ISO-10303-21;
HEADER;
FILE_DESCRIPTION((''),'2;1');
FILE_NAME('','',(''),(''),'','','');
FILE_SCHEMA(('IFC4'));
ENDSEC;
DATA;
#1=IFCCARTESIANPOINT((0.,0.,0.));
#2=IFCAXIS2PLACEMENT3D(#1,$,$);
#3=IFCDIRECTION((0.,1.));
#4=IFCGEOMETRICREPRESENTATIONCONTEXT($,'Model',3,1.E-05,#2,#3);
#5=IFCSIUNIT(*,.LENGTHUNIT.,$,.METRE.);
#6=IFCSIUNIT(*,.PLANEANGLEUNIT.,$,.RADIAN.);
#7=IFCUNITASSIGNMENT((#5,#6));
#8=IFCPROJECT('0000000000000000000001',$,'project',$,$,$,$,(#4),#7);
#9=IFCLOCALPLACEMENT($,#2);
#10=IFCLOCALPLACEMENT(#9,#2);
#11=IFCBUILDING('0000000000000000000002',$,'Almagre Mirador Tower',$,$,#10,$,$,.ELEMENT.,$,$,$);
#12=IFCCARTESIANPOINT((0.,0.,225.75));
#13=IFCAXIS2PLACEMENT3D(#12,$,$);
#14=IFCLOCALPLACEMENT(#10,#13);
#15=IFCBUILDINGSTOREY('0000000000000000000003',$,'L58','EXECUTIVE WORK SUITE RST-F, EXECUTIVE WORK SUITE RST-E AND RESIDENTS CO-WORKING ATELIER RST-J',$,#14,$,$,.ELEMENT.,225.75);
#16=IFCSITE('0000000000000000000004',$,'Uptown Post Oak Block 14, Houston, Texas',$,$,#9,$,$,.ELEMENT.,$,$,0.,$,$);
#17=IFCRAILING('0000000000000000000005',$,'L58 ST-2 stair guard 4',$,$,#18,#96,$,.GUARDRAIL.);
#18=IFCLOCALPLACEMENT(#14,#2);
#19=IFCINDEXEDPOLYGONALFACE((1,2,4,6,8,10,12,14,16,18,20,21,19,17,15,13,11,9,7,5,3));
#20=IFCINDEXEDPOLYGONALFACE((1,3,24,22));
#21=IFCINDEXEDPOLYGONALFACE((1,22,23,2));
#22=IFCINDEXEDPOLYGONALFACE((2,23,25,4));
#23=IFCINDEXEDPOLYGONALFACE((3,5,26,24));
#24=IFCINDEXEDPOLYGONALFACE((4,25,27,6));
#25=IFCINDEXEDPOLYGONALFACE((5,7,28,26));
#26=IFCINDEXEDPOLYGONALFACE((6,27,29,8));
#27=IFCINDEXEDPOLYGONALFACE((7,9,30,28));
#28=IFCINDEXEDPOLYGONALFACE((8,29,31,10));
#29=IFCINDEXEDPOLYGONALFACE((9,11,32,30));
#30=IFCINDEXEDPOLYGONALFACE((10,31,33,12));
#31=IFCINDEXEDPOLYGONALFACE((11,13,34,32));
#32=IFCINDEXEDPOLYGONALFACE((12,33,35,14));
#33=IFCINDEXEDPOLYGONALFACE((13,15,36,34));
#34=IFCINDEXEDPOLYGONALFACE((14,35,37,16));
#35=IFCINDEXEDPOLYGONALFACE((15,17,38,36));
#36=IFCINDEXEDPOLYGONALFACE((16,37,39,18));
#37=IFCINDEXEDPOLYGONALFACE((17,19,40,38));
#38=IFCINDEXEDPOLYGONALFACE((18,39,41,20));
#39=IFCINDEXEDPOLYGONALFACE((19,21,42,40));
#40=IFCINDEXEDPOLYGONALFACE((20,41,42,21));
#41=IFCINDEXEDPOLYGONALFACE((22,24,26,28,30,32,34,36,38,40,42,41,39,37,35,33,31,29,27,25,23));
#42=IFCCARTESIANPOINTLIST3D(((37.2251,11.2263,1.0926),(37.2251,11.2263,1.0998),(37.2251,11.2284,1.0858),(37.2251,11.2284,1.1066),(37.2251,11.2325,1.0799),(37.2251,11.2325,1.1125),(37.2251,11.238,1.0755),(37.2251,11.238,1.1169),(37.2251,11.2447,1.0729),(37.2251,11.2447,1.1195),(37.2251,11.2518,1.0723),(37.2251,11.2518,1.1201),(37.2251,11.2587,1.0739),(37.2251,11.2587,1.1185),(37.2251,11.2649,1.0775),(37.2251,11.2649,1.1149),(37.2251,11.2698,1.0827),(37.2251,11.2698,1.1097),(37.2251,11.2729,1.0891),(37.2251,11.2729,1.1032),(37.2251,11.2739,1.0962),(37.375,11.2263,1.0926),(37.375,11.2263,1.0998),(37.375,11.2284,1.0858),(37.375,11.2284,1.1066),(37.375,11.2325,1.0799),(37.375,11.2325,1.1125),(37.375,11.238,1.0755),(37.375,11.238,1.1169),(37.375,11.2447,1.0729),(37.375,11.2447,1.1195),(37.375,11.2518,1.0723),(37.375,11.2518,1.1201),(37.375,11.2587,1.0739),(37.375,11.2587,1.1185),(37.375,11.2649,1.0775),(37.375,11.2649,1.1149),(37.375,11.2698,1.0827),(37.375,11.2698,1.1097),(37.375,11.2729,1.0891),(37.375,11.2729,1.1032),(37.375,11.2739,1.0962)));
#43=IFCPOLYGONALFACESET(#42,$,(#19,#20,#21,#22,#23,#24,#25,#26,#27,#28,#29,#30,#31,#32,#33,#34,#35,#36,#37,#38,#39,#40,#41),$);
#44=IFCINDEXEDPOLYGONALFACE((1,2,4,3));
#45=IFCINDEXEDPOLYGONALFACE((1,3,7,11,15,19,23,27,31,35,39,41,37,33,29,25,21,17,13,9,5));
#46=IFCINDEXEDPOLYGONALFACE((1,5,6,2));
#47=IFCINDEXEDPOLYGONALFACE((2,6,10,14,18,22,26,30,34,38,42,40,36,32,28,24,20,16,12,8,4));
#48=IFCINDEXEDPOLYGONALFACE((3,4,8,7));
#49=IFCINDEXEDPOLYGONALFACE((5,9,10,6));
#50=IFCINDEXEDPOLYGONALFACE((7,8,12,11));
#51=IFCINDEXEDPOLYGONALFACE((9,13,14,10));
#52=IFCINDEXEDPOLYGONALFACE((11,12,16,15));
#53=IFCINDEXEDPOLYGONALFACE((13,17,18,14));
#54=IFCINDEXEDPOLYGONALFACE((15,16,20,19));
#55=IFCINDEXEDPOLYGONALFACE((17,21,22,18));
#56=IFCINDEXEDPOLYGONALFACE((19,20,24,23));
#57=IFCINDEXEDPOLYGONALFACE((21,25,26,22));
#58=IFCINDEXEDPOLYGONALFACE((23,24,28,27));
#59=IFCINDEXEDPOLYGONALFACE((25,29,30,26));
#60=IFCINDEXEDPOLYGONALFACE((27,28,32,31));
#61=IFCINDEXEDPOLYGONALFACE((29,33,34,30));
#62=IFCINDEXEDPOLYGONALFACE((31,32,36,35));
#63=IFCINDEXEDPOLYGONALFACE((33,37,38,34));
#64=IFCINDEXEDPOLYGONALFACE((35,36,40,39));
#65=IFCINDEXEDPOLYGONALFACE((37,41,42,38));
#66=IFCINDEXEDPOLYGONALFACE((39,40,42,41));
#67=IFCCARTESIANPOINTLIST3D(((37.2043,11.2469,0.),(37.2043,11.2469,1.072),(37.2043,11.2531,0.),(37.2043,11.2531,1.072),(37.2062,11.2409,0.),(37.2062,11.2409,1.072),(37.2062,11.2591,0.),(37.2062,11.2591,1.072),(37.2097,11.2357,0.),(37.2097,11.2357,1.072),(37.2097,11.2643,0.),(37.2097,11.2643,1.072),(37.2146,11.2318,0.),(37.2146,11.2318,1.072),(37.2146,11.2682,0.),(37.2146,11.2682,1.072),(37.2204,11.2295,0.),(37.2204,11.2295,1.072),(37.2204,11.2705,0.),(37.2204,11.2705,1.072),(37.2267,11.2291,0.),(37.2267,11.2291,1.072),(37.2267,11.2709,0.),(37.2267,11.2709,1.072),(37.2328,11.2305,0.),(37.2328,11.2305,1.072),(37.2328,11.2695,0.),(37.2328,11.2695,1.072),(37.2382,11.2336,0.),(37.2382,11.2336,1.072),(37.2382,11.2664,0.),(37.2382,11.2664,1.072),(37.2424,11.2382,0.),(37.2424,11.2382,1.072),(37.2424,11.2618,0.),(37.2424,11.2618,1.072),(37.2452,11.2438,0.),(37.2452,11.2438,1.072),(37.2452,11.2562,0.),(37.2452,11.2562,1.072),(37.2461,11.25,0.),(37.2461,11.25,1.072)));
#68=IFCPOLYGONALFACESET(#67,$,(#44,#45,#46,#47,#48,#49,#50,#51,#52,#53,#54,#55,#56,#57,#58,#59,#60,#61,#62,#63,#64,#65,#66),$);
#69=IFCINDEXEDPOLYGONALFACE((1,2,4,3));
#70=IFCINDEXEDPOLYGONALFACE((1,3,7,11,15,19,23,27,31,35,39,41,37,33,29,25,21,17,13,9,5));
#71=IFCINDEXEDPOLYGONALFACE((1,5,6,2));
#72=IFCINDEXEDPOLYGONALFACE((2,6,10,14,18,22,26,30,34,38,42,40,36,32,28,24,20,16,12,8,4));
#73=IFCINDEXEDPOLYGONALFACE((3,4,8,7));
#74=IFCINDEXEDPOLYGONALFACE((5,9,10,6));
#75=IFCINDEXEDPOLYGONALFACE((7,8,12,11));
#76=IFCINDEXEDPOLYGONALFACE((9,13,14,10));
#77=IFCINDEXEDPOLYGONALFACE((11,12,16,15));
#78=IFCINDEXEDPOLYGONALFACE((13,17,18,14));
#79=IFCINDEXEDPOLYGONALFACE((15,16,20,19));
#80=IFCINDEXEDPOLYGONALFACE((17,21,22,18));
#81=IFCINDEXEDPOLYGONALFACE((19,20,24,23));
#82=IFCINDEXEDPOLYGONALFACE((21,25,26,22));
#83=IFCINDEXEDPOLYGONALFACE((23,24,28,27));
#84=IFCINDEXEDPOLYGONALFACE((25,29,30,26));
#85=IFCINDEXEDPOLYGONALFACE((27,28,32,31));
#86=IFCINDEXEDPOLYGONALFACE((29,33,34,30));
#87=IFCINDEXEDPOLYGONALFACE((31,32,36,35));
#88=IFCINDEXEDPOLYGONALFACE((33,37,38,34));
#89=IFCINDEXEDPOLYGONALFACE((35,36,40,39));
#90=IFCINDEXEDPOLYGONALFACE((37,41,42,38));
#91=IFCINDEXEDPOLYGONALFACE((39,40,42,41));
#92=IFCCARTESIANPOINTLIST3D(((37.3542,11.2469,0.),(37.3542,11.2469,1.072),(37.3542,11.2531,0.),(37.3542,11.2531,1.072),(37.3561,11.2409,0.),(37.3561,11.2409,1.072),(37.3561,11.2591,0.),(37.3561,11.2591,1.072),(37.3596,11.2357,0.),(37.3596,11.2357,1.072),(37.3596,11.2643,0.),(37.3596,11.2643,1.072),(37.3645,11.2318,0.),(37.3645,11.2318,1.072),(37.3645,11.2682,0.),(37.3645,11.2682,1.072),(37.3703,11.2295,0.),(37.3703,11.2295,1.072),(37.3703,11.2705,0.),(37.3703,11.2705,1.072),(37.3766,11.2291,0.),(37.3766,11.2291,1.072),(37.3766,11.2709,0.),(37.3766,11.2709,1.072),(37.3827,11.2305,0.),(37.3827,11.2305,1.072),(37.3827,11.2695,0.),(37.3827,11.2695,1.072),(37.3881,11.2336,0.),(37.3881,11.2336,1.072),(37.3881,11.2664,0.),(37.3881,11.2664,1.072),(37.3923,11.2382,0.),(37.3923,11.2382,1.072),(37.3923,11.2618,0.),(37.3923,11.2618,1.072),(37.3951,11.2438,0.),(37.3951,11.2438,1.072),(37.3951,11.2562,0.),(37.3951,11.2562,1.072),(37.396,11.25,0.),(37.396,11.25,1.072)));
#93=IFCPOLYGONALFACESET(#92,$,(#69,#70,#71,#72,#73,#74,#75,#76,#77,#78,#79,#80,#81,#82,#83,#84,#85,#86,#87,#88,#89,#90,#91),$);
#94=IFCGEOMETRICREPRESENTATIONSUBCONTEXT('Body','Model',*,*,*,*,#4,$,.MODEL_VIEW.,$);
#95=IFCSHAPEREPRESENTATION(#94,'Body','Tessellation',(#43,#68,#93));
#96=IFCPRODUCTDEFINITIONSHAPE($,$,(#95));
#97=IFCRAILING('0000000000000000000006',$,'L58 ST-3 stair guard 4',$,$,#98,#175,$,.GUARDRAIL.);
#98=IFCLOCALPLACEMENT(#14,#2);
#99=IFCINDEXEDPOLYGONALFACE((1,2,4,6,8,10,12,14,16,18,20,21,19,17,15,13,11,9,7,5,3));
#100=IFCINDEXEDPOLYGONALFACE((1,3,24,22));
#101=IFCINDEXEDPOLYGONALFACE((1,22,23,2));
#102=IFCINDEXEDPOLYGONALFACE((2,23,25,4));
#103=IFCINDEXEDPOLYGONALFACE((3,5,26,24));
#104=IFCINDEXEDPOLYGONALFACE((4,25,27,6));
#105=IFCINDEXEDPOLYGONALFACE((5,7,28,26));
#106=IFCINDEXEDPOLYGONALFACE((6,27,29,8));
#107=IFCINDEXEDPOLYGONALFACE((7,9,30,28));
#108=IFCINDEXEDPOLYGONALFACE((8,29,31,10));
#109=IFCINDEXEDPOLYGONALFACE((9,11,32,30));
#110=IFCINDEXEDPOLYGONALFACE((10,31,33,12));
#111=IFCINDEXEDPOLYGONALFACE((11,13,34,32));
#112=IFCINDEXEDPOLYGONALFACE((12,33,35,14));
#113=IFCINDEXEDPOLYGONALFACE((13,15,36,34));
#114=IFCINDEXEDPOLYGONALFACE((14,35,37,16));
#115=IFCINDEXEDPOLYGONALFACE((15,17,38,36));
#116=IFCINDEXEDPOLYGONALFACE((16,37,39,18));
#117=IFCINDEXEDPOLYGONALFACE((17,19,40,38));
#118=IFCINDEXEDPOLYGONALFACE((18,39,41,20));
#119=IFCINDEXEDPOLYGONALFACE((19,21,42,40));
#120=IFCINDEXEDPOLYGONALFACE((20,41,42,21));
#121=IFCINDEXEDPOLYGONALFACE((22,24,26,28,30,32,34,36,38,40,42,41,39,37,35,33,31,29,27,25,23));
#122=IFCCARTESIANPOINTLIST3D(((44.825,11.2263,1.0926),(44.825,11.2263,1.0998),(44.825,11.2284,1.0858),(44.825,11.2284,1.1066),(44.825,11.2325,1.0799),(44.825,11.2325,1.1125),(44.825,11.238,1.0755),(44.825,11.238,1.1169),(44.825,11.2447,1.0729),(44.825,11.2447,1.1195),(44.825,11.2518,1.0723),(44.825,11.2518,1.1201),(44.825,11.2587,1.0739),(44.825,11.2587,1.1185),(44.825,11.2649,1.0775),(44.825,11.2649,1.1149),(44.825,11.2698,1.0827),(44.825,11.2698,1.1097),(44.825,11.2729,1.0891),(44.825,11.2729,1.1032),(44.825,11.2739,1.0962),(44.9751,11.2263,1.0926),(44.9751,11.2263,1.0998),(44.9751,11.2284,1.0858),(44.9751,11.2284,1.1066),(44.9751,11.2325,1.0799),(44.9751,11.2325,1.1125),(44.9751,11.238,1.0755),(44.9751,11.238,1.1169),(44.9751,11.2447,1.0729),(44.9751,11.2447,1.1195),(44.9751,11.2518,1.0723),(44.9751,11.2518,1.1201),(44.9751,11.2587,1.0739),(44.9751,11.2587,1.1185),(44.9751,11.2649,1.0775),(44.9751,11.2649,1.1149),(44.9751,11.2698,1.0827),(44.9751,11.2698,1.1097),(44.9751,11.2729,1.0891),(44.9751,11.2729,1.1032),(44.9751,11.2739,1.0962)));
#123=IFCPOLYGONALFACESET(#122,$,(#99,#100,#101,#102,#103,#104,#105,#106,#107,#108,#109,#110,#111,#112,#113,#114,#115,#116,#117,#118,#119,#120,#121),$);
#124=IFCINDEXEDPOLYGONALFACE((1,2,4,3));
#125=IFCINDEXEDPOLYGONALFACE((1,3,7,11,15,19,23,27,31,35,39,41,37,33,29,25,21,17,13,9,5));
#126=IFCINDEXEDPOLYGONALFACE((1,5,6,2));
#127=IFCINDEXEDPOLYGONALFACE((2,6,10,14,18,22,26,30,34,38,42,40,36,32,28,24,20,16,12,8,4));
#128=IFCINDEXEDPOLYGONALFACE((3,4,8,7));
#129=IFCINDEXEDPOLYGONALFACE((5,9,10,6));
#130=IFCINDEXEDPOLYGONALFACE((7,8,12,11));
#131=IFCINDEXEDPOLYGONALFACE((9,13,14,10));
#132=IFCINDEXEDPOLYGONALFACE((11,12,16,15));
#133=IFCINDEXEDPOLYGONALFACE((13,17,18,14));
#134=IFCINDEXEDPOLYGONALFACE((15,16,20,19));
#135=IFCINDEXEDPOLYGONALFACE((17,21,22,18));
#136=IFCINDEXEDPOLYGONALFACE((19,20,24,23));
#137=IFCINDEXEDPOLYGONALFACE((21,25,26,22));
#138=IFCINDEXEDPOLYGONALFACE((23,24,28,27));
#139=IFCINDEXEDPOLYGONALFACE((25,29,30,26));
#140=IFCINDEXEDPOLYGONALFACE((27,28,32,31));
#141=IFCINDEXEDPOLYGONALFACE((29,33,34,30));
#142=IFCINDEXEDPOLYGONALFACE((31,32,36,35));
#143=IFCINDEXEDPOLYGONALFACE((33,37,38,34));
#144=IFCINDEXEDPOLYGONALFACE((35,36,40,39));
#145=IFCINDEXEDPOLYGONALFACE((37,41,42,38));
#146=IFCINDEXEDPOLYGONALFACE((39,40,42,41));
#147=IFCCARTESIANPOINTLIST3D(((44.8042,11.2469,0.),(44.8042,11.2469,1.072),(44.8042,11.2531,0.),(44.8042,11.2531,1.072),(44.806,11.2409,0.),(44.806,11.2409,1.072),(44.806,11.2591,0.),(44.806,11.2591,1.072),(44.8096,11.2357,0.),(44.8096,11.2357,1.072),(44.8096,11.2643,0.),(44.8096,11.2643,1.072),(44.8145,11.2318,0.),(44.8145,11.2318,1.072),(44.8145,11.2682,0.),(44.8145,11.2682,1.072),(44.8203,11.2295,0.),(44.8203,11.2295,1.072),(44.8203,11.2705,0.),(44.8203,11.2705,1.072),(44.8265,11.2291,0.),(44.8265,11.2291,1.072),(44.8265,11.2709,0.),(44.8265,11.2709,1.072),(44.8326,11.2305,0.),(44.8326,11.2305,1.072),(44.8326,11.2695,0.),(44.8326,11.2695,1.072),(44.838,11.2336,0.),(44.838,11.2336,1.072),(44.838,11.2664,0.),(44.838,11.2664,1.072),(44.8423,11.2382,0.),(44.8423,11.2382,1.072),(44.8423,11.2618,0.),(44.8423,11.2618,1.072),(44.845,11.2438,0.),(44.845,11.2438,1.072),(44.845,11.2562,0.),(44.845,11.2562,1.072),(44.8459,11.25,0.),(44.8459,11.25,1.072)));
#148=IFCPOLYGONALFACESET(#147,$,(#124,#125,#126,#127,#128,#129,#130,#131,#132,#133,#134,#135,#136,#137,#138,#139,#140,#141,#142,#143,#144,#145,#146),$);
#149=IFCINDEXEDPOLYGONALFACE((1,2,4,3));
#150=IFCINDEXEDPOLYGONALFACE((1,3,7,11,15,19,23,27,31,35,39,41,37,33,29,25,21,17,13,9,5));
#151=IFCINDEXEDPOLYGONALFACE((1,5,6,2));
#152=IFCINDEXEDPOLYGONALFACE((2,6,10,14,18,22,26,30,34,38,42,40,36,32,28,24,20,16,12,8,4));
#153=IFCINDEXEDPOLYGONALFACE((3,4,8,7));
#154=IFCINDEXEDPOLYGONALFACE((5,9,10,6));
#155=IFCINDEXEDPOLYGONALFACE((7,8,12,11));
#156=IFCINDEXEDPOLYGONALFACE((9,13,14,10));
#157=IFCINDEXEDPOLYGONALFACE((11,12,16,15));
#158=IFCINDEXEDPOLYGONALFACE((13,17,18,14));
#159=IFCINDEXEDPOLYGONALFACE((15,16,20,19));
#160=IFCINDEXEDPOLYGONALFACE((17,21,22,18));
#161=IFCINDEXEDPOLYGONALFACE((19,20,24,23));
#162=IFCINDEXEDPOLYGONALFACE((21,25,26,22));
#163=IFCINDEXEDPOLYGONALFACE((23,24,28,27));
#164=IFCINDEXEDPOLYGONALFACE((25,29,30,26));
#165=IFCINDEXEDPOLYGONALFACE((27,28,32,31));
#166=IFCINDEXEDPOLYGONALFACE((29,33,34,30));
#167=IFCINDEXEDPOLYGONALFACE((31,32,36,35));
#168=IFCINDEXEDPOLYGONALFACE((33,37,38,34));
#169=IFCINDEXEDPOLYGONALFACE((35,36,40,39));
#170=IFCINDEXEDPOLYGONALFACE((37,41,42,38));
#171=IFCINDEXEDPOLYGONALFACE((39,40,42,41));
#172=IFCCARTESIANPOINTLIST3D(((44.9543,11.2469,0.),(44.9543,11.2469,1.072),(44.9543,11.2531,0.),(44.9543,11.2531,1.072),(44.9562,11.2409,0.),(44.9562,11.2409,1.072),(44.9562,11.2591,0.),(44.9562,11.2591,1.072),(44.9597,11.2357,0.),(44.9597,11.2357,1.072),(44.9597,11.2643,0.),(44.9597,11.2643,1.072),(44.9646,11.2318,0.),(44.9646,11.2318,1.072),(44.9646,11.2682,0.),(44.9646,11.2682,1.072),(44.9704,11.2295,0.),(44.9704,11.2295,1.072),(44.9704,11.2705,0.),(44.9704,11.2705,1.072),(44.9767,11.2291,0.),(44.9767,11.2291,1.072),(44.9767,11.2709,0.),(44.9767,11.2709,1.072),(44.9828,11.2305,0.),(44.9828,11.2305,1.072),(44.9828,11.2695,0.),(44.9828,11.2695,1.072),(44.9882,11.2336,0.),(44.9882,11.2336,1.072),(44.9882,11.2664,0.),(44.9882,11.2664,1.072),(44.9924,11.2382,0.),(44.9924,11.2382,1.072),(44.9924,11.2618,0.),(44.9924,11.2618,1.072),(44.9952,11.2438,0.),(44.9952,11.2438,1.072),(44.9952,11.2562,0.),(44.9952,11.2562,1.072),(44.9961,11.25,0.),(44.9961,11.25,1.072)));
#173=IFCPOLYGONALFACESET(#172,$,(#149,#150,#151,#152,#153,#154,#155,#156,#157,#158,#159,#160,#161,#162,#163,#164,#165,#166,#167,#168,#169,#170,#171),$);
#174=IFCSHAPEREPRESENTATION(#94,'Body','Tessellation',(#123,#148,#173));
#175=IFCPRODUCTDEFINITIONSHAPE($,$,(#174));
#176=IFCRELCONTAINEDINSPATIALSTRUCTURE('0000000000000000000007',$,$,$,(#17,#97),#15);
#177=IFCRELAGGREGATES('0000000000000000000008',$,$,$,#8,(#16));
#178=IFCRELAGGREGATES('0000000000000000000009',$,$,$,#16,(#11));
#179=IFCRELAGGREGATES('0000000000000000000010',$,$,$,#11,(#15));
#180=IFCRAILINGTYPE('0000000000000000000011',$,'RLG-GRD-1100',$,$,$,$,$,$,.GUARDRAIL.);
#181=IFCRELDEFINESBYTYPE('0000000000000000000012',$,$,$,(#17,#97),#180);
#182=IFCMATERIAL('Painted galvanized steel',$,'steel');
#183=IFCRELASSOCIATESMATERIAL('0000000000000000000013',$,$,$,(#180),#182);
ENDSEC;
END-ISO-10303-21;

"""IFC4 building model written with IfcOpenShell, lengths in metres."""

from ifc_helpers import new_model, si_unit, direction, frame, origin, origin_2d, place, context, subcontext, project, spatial, circle, extrude, material, type_object, element, save


model = new_model("IFC4")

# Units and contexts
model_context = context("Model", 3, precision=1e-05, world=origin(), true_north=direction((0.0, 1.0)))
body_context = subcontext(model_context, "Body", "Model", "MODEL_VIEW")
ifc_project = project(units=[si_unit("LENGTHUNIT", "METRE"), si_unit("PLANEANGLEUNIT", "RADIAN")], contexts=[model_context])

# Site, building, storey
site_placement = place(None, origin())
site = spatial("IfcSite", under=ifc_project, at=site_placement, Name="Uptown Post Oak Block 14, Houston, Texas", CompositionType="ELEMENT", RefElevation=0.0)
building_placement = place(site_placement, origin())
building = spatial("IfcBuilding", under=site, at=building_placement, Name="Almagre Mirador Tower", CompositionType="ELEMENT")
storey_placement = place(building_placement, frame((0.0, 0.0, 225.75)))
storey = spatial("IfcBuildingStorey", under=building, at=storey_placement, Name="L58", Description="EXECUTIVE WORK SUITE RST-F, EXECUTIVE WORK SUITE RST-E AND RESIDENTS CO-WORKING ATELIER RST-J", CompositionType="ELEMENT", Elevation=225.75)

# Railings
ifc_material_1 = material(Name="Painted galvanized steel", Category="steel")
railing_type = type_object("IfcRailingType", Name="RLG-GRD-1100", PredefinedType="GUARDRAIL", material=ifc_material_1)
railing_1_placement = place(storey_placement, frame((37.2251, 11.25, 0.0)))
element("IfcRailing", 1, at=railing_1_placement, inside=storey, type_object=railing_type, Name="L58 ST-2 stair guard 4", PredefinedType="GUARDRAIL", context=body_context, shape_type="SweptSolid", body=[
    extrude(circle(Radius=0.0239, at=origin_2d()), frame((0.0, 0.0, 1.0962), z_axis=(1.0, 0.0, 0.0), x_axis=(0.0, 1.0, 0.0)), (0.0, 0.0, 1.0), 0.1499),
    extrude(circle(Radius=0.021, at=origin_2d()), origin(), (0.0, 0.0, 1.0), 1.072),
    extrude(circle(Radius=0.021, at=origin_2d()), frame((0.1499, 0.0, 0.0)), (0.0, 0.0, 1.0), 1.072),
])
railing_2_placement = place(storey_placement, frame((44.825, 11.25, 0.0)))
element("IfcRailing", 2, at=railing_2_placement, inside=storey, type_object=railing_type, Name="L58 ST-3 stair guard 4", PredefinedType="GUARDRAIL", context=body_context, shape_type="SweptSolid", body=[
    extrude(circle(Radius=0.0239, at=origin_2d()), frame((0.0, 0.0, 1.0962), z_axis=(1.0, 0.0, 0.0), x_axis=(0.0, 1.0, 0.0)), (0.0, 0.0, 1.0), 0.1501),
    extrude(circle(Radius=0.021, at=origin_2d()), origin(), (0.0, 0.0, 1.0), 1.072),
    extrude(circle(Radius=0.021, at=origin_2d()), frame((0.1501, 0.0, 0.0)), (0.0, 0.0, 1.0), 1.072),
])

save(model, "model.ifc")
